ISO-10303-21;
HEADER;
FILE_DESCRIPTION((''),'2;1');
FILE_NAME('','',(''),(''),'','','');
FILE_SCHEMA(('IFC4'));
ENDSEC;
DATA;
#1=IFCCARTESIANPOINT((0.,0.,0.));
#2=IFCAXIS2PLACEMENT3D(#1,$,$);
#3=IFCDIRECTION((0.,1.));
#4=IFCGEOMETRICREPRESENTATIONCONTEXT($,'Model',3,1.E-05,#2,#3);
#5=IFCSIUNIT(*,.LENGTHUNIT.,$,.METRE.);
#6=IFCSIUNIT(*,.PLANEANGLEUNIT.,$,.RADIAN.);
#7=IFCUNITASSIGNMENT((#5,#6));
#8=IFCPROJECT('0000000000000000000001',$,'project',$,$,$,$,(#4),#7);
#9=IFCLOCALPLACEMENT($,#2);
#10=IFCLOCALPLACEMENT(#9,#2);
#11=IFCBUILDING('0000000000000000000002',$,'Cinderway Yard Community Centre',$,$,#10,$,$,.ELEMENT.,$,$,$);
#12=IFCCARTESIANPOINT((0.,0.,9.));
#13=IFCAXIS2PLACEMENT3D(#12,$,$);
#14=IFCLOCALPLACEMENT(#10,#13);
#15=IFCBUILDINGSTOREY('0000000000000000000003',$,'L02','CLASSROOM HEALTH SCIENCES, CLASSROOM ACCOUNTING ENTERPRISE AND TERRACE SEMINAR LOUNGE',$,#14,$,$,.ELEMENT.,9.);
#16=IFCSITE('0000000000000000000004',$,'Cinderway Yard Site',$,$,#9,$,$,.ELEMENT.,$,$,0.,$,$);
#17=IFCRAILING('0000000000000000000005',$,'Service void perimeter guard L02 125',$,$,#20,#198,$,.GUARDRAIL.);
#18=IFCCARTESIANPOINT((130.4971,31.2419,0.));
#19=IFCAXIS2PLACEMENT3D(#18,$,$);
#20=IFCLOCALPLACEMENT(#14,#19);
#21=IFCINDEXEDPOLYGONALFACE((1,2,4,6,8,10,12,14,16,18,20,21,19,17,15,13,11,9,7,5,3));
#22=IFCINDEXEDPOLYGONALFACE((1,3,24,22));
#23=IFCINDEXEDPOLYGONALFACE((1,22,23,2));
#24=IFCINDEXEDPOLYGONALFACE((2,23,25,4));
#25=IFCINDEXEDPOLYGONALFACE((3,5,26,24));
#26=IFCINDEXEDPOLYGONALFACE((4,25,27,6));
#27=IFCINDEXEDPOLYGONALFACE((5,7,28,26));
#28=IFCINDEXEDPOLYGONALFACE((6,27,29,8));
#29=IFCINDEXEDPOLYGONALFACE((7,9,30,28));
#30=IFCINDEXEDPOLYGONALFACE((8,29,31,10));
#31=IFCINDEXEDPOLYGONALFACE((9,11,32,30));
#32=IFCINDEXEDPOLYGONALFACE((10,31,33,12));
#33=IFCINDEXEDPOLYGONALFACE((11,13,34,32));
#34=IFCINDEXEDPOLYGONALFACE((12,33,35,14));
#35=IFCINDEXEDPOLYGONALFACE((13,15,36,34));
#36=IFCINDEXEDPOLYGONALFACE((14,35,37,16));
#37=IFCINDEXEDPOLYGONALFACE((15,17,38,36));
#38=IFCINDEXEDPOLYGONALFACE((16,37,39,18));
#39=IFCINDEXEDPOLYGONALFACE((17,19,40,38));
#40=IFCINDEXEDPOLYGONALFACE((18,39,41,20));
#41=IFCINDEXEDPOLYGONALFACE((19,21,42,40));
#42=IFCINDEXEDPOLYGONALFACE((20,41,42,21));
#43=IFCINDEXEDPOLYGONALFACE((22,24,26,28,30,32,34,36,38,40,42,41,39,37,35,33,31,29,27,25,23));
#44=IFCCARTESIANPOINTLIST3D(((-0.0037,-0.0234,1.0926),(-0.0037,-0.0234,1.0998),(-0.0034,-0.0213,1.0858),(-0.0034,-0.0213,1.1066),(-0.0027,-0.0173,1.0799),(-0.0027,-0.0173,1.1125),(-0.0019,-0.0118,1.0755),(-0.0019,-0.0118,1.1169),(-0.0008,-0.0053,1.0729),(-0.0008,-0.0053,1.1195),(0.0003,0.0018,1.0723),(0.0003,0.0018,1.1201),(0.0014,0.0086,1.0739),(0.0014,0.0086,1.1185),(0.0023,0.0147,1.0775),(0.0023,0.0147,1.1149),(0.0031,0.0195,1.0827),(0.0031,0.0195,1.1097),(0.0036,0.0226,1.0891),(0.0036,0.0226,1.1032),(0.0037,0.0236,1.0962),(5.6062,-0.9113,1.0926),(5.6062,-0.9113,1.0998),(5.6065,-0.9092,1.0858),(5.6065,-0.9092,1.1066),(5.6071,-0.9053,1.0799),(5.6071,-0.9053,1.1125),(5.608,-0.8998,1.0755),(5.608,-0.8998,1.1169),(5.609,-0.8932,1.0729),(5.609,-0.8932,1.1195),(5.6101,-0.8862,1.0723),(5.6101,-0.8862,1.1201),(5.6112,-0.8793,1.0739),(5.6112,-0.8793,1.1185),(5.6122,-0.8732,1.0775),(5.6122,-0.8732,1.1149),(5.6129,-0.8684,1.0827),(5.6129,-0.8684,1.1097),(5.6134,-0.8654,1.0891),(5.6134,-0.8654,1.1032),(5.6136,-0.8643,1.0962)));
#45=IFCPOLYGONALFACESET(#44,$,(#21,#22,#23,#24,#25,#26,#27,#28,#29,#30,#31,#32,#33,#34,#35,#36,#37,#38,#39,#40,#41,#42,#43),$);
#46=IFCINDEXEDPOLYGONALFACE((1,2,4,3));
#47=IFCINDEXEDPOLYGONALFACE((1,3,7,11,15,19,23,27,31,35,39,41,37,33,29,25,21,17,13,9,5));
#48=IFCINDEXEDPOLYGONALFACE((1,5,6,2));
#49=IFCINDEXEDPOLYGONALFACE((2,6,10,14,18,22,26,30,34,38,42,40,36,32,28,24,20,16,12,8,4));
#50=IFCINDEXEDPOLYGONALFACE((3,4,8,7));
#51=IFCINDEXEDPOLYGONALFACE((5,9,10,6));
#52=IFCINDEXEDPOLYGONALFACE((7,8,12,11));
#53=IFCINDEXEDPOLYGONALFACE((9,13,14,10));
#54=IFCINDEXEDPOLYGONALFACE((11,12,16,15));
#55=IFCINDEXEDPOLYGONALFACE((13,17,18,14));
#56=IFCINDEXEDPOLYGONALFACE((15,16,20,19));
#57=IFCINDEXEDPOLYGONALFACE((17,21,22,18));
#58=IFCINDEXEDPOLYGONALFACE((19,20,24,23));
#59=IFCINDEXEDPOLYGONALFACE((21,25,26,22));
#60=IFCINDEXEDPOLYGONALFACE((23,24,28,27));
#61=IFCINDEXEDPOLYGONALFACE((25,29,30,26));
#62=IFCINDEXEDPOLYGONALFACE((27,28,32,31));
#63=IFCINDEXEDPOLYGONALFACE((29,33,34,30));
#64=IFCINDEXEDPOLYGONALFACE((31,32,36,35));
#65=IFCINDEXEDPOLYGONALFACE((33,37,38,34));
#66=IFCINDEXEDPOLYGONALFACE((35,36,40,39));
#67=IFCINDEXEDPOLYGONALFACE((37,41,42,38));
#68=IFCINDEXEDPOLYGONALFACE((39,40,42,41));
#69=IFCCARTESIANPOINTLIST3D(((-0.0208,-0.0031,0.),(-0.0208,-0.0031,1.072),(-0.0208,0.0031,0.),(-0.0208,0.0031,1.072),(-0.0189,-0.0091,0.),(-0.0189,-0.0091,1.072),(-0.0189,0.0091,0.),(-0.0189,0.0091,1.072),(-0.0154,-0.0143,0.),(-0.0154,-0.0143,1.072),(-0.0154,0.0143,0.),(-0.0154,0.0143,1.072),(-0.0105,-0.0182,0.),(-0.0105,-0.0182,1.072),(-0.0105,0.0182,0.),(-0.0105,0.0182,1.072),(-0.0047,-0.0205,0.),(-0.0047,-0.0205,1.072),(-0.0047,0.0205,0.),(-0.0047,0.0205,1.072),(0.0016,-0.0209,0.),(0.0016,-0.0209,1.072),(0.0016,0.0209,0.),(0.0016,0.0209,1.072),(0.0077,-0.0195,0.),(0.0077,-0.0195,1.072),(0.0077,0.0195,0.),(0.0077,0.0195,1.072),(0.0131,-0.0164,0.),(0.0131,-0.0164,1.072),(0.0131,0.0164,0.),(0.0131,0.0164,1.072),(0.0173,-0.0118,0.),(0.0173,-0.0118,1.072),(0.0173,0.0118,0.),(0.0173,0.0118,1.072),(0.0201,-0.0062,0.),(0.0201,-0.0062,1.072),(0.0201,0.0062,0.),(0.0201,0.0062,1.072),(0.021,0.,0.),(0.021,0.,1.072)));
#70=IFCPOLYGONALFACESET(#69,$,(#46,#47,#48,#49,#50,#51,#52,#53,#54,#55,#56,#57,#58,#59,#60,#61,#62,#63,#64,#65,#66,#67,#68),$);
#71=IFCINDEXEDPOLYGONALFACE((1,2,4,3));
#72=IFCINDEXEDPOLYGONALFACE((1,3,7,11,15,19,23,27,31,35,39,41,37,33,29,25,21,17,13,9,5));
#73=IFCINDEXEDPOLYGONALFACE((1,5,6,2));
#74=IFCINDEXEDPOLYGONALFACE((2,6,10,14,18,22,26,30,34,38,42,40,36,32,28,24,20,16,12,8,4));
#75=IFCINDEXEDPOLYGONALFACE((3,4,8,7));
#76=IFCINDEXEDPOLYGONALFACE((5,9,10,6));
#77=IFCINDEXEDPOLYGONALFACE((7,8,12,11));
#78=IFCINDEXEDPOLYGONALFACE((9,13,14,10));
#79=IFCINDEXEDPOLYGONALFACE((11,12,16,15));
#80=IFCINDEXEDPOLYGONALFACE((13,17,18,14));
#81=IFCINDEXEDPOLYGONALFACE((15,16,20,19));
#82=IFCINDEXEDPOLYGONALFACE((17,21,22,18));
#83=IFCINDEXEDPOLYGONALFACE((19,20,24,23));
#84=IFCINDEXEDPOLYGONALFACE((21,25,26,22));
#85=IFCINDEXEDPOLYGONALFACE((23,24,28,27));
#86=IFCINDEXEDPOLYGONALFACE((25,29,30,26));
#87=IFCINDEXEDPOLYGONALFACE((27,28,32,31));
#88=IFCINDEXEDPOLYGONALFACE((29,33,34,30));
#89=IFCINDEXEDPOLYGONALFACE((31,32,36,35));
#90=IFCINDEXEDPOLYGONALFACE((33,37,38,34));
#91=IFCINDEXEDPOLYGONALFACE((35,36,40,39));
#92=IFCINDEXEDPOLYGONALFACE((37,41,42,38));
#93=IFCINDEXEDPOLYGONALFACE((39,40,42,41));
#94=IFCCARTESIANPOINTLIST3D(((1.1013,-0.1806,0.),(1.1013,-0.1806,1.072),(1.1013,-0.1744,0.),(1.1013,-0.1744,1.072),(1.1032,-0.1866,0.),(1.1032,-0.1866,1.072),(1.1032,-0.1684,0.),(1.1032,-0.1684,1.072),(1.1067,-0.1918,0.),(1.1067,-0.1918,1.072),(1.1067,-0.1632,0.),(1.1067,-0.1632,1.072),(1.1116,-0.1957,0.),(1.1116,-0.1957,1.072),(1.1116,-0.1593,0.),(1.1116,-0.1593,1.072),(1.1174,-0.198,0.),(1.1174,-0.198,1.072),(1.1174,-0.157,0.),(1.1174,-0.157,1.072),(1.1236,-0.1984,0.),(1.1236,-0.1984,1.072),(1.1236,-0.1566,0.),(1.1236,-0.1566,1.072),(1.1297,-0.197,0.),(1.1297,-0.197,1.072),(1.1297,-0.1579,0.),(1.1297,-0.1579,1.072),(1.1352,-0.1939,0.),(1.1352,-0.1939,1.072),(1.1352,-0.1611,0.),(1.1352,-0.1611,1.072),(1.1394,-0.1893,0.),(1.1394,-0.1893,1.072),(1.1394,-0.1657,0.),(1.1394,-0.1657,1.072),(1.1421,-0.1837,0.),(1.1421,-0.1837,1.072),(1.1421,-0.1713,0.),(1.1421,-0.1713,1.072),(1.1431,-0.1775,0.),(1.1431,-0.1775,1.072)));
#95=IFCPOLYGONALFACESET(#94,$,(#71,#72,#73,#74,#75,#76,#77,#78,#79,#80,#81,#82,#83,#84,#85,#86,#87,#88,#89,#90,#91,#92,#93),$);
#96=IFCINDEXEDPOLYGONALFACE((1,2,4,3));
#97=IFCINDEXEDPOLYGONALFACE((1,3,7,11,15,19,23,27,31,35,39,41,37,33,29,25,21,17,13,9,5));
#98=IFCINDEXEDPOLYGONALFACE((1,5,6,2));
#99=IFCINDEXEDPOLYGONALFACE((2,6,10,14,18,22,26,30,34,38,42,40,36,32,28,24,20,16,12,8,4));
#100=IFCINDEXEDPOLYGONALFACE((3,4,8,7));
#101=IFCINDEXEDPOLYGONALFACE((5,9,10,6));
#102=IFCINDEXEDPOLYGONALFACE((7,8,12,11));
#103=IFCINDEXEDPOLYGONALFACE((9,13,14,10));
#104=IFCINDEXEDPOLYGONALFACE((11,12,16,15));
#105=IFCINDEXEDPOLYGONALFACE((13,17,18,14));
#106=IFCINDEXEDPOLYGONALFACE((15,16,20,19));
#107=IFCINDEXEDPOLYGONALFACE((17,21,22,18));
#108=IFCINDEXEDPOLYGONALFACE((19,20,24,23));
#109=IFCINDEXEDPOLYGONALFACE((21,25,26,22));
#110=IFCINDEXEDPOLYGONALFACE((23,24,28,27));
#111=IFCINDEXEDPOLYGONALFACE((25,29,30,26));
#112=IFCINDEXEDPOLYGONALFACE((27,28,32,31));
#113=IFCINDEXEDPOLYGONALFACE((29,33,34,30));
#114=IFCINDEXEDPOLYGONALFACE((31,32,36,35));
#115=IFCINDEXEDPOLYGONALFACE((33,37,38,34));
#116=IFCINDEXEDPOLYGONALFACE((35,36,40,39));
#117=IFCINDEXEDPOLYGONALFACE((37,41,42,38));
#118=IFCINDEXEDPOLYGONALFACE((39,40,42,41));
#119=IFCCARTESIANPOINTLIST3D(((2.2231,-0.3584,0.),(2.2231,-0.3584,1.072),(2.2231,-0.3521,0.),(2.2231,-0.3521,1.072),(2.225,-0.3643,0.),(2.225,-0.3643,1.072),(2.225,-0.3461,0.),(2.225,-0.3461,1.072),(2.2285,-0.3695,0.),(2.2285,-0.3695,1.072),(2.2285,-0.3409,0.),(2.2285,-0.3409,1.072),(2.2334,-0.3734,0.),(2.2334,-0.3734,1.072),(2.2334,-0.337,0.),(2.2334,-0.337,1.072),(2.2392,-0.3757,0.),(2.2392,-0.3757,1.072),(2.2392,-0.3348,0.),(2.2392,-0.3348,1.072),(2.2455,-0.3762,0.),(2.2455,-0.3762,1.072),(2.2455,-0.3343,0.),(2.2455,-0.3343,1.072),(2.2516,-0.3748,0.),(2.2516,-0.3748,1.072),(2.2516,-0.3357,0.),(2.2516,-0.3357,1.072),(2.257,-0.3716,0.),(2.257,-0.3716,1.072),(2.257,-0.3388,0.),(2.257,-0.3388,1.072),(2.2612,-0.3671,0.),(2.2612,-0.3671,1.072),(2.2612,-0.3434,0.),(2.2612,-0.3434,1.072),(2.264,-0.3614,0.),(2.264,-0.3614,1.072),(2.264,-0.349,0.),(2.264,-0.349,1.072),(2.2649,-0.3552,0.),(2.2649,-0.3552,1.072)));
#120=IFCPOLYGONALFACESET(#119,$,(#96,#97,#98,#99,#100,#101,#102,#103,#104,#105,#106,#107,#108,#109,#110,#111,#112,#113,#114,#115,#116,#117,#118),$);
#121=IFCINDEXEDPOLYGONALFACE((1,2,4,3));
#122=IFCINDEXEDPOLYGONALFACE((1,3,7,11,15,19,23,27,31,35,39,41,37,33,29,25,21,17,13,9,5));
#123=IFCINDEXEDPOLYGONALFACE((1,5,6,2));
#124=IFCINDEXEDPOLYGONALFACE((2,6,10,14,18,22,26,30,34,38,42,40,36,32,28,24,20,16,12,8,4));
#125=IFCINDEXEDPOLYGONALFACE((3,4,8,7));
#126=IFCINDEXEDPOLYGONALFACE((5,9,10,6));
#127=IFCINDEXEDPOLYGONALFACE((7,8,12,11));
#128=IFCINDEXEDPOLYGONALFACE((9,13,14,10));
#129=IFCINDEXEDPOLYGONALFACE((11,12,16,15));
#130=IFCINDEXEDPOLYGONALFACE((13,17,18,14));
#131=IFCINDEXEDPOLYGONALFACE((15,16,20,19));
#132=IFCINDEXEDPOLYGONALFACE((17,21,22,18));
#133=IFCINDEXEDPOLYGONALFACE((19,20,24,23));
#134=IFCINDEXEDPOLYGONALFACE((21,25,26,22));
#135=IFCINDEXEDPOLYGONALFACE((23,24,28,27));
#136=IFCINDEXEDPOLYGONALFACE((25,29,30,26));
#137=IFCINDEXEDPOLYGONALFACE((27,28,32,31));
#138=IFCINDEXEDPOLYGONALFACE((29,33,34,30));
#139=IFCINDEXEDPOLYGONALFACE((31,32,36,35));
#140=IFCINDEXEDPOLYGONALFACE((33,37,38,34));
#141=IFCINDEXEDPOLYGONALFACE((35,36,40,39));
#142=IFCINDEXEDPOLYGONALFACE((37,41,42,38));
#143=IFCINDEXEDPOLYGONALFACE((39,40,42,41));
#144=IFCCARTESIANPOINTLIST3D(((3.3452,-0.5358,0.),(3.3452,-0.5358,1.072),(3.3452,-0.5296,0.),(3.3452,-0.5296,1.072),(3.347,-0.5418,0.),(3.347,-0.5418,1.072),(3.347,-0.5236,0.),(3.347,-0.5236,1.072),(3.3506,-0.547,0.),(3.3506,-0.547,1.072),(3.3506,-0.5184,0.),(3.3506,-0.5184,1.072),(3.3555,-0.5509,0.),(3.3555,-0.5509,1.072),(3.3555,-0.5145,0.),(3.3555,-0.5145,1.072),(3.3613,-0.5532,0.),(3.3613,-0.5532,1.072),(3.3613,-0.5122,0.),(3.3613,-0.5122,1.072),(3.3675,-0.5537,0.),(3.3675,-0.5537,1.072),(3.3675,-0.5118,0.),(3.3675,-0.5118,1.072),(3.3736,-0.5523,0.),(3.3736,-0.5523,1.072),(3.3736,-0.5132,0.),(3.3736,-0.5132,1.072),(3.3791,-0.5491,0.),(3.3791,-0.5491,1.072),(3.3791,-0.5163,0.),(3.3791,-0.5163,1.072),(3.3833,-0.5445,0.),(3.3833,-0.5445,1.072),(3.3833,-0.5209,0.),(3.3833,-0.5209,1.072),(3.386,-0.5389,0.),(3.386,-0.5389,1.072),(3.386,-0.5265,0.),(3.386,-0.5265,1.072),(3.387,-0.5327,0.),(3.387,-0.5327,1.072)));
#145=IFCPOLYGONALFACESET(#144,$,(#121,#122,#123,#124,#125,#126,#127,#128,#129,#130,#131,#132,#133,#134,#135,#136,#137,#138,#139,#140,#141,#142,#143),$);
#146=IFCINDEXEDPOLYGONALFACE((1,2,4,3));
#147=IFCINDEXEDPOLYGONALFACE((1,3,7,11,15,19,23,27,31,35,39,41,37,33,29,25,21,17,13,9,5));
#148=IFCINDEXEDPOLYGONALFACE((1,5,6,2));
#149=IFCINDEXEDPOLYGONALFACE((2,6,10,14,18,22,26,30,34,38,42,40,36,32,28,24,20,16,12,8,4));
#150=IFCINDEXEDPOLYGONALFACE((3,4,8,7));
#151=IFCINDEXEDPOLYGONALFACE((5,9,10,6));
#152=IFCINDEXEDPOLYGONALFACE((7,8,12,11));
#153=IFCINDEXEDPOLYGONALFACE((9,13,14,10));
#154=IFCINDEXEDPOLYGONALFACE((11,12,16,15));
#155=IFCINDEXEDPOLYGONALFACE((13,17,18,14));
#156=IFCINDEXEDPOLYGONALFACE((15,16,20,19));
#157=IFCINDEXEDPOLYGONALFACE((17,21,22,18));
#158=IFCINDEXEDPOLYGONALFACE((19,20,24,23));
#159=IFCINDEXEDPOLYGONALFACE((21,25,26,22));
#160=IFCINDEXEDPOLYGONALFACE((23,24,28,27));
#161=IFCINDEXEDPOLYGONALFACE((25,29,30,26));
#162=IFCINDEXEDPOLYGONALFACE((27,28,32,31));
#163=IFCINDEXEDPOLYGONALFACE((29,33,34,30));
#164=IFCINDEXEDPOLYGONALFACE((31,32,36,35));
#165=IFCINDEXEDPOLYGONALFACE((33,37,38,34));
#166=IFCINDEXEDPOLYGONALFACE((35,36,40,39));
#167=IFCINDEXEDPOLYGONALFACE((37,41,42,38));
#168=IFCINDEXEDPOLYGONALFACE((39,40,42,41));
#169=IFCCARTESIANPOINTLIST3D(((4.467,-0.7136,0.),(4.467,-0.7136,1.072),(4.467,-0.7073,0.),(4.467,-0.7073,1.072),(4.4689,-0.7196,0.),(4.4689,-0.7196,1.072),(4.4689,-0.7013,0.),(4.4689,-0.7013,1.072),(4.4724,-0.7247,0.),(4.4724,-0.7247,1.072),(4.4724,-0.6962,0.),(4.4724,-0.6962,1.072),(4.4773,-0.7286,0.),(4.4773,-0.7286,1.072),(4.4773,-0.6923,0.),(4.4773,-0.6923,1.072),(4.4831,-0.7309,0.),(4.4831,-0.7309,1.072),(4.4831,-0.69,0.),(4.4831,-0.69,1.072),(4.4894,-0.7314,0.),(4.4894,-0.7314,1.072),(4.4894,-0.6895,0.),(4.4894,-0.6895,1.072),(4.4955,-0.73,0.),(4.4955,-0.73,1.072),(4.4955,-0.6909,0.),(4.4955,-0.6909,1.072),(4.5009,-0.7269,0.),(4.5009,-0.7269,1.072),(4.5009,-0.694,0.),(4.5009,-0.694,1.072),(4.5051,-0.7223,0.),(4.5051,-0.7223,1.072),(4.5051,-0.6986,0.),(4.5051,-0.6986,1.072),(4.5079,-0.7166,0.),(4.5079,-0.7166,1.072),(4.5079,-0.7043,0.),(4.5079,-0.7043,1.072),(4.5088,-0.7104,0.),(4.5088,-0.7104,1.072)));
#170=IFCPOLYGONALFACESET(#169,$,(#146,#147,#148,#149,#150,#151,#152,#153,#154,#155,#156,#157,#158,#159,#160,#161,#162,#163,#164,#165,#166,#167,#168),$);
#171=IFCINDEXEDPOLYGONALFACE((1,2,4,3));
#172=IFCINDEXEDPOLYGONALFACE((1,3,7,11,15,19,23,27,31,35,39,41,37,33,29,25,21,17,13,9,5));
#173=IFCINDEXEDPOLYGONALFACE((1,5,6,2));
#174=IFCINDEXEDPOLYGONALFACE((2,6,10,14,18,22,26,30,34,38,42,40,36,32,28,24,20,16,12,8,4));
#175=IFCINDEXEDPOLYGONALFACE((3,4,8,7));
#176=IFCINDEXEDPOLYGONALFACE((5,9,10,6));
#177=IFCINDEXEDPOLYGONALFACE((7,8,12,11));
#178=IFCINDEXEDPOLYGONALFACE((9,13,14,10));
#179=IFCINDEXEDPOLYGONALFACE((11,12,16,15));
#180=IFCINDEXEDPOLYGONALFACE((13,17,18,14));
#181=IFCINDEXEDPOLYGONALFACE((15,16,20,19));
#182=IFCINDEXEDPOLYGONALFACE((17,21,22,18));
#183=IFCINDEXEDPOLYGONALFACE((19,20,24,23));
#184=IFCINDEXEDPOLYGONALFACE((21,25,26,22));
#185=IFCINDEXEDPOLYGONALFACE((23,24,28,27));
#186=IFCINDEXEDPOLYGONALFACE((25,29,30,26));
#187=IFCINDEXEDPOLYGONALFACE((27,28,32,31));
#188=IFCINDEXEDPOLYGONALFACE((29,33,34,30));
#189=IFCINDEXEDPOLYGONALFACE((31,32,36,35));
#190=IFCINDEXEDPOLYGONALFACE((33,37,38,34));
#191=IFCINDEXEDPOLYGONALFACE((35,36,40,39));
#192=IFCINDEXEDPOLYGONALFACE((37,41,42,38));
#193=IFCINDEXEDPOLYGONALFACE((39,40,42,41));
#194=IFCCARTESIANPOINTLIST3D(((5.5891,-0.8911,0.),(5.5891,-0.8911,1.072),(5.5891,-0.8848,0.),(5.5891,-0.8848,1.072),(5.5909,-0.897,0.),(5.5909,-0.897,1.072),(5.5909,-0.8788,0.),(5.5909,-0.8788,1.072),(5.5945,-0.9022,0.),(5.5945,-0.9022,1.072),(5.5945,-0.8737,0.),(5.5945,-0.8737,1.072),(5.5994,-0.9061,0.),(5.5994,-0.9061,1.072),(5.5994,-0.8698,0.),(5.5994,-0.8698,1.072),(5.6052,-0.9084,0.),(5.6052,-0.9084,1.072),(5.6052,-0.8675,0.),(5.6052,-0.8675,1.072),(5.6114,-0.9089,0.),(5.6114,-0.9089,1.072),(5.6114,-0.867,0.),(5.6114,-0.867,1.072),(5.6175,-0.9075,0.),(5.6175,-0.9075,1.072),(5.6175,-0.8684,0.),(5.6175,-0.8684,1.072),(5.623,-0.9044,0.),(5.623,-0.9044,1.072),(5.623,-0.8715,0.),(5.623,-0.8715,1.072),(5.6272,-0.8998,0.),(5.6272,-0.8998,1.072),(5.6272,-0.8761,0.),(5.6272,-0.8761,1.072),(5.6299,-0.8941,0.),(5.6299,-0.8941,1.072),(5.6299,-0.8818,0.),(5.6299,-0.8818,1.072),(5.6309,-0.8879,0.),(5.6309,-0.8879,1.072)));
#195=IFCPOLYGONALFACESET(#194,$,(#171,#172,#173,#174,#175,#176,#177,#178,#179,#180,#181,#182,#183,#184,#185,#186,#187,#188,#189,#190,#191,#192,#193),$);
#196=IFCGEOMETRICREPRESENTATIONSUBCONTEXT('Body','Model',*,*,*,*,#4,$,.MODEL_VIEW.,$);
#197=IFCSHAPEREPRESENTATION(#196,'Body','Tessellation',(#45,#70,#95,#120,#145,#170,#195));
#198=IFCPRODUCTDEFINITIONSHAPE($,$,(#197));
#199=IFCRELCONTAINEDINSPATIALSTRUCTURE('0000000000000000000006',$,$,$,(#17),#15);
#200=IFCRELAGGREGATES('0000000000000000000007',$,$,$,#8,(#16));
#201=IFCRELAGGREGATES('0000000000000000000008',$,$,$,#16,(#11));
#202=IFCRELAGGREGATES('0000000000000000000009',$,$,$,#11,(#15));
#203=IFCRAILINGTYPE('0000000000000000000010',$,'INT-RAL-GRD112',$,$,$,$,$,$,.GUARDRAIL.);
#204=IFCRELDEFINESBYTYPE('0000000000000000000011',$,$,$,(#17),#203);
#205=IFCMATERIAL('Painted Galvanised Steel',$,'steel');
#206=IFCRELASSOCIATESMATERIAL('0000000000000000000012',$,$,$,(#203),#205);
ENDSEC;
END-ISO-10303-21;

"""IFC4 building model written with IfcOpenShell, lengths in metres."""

from ifc_helpers import new_model, si_unit, direction, frame, origin, origin_2d, place, context, subcontext, project, spatial, circle, extrude, material, type_object, element, save


model = new_model("IFC4")

# Units and contexts
model_context = context("Model", 3, precision=1e-05, world=origin(), true_north=direction((0.0, 1.0)))
body_context = subcontext(model_context, "Body", "Model", "MODEL_VIEW")
ifc_project = project(units=[si_unit("LENGTHUNIT", "METRE"), si_unit("PLANEANGLEUNIT", "RADIAN")], contexts=[model_context])

# Site, building, storey
site_placement = place(None, origin())
site = spatial("IfcSite", under=ifc_project, at=site_placement, Name="Cinderway Yard Site", CompositionType="ELEMENT", RefElevation=0.0)
building_placement = place(site_placement, origin())
building = spatial("IfcBuilding", under=site, at=building_placement, Name="Cinderway Yard Community Centre", CompositionType="ELEMENT")
storey_placement = place(building_placement, frame((0.0, 0.0, 9.0)))
storey = spatial("IfcBuildingStorey", under=building, at=storey_placement, Name="L02", Description="CLASSROOM HEALTH SCIENCES, CLASSROOM ACCOUNTING ENTERPRISE AND TERRACE SEMINAR LOUNGE", CompositionType="ELEMENT", Elevation=9.0)

# Shared definitions
ifc_material_1 = material(Name="Painted Galvanised Steel", Category="steel")

# Railing
railing_type = type_object("IfcRailingType", Name="INT-RAL-GRD112", PredefinedType="GUARDRAIL", material=ifc_material_1)
railing_1_placement = place(storey_placement, frame((130.4971, 31.2419, 0.0)))
element("IfcRailing", 1, at=railing_1_placement, inside=storey, type_object=railing_type, Name="Service void perimeter guard L02 125", PredefinedType="GUARDRAIL", context=body_context, shape_type="SweptSolid", body=[
    extrude(circle(Radius=0.0239, at=origin_2d()), frame((0.0, 0.0, 1.0962), z_axis=(0.987704, -0.156336, 0.0), x_axis=(0.156336, 0.987704, 0.0)), (0.0, 0.0, 1.0), 5.6797),
    extrude(circle(Radius=0.021, at=origin_2d()), origin(), (0.0, 0.0, 1.0), 1.072),
    extrude(circle(Radius=0.021, at=origin_2d()), frame((1.1221, -0.1775, 0.0)), (0.0, 0.0, 1.0), 1.072),
    extrude(circle(Radius=0.021, at=origin_2d()), frame((2.2439, -0.3552, 0.0)), (0.0, 0.0, 1.0), 1.072),
    extrude(circle(Radius=0.021, at=origin_2d()), frame((3.366, -0.5327, 0.0)), (0.0, 0.0, 1.0), 1.072),
    extrude(circle(Radius=0.021, at=origin_2d()), frame((4.4878, -0.7104, 0.0)), (0.0, 0.0, 1.0), 1.072),
    extrude(circle(Radius=0.021, at=origin_2d()), frame((5.6099, -0.8879, 0.0)), (0.0, 0.0, 1.0), 1.072),
])

save(model, "model.ifc")
